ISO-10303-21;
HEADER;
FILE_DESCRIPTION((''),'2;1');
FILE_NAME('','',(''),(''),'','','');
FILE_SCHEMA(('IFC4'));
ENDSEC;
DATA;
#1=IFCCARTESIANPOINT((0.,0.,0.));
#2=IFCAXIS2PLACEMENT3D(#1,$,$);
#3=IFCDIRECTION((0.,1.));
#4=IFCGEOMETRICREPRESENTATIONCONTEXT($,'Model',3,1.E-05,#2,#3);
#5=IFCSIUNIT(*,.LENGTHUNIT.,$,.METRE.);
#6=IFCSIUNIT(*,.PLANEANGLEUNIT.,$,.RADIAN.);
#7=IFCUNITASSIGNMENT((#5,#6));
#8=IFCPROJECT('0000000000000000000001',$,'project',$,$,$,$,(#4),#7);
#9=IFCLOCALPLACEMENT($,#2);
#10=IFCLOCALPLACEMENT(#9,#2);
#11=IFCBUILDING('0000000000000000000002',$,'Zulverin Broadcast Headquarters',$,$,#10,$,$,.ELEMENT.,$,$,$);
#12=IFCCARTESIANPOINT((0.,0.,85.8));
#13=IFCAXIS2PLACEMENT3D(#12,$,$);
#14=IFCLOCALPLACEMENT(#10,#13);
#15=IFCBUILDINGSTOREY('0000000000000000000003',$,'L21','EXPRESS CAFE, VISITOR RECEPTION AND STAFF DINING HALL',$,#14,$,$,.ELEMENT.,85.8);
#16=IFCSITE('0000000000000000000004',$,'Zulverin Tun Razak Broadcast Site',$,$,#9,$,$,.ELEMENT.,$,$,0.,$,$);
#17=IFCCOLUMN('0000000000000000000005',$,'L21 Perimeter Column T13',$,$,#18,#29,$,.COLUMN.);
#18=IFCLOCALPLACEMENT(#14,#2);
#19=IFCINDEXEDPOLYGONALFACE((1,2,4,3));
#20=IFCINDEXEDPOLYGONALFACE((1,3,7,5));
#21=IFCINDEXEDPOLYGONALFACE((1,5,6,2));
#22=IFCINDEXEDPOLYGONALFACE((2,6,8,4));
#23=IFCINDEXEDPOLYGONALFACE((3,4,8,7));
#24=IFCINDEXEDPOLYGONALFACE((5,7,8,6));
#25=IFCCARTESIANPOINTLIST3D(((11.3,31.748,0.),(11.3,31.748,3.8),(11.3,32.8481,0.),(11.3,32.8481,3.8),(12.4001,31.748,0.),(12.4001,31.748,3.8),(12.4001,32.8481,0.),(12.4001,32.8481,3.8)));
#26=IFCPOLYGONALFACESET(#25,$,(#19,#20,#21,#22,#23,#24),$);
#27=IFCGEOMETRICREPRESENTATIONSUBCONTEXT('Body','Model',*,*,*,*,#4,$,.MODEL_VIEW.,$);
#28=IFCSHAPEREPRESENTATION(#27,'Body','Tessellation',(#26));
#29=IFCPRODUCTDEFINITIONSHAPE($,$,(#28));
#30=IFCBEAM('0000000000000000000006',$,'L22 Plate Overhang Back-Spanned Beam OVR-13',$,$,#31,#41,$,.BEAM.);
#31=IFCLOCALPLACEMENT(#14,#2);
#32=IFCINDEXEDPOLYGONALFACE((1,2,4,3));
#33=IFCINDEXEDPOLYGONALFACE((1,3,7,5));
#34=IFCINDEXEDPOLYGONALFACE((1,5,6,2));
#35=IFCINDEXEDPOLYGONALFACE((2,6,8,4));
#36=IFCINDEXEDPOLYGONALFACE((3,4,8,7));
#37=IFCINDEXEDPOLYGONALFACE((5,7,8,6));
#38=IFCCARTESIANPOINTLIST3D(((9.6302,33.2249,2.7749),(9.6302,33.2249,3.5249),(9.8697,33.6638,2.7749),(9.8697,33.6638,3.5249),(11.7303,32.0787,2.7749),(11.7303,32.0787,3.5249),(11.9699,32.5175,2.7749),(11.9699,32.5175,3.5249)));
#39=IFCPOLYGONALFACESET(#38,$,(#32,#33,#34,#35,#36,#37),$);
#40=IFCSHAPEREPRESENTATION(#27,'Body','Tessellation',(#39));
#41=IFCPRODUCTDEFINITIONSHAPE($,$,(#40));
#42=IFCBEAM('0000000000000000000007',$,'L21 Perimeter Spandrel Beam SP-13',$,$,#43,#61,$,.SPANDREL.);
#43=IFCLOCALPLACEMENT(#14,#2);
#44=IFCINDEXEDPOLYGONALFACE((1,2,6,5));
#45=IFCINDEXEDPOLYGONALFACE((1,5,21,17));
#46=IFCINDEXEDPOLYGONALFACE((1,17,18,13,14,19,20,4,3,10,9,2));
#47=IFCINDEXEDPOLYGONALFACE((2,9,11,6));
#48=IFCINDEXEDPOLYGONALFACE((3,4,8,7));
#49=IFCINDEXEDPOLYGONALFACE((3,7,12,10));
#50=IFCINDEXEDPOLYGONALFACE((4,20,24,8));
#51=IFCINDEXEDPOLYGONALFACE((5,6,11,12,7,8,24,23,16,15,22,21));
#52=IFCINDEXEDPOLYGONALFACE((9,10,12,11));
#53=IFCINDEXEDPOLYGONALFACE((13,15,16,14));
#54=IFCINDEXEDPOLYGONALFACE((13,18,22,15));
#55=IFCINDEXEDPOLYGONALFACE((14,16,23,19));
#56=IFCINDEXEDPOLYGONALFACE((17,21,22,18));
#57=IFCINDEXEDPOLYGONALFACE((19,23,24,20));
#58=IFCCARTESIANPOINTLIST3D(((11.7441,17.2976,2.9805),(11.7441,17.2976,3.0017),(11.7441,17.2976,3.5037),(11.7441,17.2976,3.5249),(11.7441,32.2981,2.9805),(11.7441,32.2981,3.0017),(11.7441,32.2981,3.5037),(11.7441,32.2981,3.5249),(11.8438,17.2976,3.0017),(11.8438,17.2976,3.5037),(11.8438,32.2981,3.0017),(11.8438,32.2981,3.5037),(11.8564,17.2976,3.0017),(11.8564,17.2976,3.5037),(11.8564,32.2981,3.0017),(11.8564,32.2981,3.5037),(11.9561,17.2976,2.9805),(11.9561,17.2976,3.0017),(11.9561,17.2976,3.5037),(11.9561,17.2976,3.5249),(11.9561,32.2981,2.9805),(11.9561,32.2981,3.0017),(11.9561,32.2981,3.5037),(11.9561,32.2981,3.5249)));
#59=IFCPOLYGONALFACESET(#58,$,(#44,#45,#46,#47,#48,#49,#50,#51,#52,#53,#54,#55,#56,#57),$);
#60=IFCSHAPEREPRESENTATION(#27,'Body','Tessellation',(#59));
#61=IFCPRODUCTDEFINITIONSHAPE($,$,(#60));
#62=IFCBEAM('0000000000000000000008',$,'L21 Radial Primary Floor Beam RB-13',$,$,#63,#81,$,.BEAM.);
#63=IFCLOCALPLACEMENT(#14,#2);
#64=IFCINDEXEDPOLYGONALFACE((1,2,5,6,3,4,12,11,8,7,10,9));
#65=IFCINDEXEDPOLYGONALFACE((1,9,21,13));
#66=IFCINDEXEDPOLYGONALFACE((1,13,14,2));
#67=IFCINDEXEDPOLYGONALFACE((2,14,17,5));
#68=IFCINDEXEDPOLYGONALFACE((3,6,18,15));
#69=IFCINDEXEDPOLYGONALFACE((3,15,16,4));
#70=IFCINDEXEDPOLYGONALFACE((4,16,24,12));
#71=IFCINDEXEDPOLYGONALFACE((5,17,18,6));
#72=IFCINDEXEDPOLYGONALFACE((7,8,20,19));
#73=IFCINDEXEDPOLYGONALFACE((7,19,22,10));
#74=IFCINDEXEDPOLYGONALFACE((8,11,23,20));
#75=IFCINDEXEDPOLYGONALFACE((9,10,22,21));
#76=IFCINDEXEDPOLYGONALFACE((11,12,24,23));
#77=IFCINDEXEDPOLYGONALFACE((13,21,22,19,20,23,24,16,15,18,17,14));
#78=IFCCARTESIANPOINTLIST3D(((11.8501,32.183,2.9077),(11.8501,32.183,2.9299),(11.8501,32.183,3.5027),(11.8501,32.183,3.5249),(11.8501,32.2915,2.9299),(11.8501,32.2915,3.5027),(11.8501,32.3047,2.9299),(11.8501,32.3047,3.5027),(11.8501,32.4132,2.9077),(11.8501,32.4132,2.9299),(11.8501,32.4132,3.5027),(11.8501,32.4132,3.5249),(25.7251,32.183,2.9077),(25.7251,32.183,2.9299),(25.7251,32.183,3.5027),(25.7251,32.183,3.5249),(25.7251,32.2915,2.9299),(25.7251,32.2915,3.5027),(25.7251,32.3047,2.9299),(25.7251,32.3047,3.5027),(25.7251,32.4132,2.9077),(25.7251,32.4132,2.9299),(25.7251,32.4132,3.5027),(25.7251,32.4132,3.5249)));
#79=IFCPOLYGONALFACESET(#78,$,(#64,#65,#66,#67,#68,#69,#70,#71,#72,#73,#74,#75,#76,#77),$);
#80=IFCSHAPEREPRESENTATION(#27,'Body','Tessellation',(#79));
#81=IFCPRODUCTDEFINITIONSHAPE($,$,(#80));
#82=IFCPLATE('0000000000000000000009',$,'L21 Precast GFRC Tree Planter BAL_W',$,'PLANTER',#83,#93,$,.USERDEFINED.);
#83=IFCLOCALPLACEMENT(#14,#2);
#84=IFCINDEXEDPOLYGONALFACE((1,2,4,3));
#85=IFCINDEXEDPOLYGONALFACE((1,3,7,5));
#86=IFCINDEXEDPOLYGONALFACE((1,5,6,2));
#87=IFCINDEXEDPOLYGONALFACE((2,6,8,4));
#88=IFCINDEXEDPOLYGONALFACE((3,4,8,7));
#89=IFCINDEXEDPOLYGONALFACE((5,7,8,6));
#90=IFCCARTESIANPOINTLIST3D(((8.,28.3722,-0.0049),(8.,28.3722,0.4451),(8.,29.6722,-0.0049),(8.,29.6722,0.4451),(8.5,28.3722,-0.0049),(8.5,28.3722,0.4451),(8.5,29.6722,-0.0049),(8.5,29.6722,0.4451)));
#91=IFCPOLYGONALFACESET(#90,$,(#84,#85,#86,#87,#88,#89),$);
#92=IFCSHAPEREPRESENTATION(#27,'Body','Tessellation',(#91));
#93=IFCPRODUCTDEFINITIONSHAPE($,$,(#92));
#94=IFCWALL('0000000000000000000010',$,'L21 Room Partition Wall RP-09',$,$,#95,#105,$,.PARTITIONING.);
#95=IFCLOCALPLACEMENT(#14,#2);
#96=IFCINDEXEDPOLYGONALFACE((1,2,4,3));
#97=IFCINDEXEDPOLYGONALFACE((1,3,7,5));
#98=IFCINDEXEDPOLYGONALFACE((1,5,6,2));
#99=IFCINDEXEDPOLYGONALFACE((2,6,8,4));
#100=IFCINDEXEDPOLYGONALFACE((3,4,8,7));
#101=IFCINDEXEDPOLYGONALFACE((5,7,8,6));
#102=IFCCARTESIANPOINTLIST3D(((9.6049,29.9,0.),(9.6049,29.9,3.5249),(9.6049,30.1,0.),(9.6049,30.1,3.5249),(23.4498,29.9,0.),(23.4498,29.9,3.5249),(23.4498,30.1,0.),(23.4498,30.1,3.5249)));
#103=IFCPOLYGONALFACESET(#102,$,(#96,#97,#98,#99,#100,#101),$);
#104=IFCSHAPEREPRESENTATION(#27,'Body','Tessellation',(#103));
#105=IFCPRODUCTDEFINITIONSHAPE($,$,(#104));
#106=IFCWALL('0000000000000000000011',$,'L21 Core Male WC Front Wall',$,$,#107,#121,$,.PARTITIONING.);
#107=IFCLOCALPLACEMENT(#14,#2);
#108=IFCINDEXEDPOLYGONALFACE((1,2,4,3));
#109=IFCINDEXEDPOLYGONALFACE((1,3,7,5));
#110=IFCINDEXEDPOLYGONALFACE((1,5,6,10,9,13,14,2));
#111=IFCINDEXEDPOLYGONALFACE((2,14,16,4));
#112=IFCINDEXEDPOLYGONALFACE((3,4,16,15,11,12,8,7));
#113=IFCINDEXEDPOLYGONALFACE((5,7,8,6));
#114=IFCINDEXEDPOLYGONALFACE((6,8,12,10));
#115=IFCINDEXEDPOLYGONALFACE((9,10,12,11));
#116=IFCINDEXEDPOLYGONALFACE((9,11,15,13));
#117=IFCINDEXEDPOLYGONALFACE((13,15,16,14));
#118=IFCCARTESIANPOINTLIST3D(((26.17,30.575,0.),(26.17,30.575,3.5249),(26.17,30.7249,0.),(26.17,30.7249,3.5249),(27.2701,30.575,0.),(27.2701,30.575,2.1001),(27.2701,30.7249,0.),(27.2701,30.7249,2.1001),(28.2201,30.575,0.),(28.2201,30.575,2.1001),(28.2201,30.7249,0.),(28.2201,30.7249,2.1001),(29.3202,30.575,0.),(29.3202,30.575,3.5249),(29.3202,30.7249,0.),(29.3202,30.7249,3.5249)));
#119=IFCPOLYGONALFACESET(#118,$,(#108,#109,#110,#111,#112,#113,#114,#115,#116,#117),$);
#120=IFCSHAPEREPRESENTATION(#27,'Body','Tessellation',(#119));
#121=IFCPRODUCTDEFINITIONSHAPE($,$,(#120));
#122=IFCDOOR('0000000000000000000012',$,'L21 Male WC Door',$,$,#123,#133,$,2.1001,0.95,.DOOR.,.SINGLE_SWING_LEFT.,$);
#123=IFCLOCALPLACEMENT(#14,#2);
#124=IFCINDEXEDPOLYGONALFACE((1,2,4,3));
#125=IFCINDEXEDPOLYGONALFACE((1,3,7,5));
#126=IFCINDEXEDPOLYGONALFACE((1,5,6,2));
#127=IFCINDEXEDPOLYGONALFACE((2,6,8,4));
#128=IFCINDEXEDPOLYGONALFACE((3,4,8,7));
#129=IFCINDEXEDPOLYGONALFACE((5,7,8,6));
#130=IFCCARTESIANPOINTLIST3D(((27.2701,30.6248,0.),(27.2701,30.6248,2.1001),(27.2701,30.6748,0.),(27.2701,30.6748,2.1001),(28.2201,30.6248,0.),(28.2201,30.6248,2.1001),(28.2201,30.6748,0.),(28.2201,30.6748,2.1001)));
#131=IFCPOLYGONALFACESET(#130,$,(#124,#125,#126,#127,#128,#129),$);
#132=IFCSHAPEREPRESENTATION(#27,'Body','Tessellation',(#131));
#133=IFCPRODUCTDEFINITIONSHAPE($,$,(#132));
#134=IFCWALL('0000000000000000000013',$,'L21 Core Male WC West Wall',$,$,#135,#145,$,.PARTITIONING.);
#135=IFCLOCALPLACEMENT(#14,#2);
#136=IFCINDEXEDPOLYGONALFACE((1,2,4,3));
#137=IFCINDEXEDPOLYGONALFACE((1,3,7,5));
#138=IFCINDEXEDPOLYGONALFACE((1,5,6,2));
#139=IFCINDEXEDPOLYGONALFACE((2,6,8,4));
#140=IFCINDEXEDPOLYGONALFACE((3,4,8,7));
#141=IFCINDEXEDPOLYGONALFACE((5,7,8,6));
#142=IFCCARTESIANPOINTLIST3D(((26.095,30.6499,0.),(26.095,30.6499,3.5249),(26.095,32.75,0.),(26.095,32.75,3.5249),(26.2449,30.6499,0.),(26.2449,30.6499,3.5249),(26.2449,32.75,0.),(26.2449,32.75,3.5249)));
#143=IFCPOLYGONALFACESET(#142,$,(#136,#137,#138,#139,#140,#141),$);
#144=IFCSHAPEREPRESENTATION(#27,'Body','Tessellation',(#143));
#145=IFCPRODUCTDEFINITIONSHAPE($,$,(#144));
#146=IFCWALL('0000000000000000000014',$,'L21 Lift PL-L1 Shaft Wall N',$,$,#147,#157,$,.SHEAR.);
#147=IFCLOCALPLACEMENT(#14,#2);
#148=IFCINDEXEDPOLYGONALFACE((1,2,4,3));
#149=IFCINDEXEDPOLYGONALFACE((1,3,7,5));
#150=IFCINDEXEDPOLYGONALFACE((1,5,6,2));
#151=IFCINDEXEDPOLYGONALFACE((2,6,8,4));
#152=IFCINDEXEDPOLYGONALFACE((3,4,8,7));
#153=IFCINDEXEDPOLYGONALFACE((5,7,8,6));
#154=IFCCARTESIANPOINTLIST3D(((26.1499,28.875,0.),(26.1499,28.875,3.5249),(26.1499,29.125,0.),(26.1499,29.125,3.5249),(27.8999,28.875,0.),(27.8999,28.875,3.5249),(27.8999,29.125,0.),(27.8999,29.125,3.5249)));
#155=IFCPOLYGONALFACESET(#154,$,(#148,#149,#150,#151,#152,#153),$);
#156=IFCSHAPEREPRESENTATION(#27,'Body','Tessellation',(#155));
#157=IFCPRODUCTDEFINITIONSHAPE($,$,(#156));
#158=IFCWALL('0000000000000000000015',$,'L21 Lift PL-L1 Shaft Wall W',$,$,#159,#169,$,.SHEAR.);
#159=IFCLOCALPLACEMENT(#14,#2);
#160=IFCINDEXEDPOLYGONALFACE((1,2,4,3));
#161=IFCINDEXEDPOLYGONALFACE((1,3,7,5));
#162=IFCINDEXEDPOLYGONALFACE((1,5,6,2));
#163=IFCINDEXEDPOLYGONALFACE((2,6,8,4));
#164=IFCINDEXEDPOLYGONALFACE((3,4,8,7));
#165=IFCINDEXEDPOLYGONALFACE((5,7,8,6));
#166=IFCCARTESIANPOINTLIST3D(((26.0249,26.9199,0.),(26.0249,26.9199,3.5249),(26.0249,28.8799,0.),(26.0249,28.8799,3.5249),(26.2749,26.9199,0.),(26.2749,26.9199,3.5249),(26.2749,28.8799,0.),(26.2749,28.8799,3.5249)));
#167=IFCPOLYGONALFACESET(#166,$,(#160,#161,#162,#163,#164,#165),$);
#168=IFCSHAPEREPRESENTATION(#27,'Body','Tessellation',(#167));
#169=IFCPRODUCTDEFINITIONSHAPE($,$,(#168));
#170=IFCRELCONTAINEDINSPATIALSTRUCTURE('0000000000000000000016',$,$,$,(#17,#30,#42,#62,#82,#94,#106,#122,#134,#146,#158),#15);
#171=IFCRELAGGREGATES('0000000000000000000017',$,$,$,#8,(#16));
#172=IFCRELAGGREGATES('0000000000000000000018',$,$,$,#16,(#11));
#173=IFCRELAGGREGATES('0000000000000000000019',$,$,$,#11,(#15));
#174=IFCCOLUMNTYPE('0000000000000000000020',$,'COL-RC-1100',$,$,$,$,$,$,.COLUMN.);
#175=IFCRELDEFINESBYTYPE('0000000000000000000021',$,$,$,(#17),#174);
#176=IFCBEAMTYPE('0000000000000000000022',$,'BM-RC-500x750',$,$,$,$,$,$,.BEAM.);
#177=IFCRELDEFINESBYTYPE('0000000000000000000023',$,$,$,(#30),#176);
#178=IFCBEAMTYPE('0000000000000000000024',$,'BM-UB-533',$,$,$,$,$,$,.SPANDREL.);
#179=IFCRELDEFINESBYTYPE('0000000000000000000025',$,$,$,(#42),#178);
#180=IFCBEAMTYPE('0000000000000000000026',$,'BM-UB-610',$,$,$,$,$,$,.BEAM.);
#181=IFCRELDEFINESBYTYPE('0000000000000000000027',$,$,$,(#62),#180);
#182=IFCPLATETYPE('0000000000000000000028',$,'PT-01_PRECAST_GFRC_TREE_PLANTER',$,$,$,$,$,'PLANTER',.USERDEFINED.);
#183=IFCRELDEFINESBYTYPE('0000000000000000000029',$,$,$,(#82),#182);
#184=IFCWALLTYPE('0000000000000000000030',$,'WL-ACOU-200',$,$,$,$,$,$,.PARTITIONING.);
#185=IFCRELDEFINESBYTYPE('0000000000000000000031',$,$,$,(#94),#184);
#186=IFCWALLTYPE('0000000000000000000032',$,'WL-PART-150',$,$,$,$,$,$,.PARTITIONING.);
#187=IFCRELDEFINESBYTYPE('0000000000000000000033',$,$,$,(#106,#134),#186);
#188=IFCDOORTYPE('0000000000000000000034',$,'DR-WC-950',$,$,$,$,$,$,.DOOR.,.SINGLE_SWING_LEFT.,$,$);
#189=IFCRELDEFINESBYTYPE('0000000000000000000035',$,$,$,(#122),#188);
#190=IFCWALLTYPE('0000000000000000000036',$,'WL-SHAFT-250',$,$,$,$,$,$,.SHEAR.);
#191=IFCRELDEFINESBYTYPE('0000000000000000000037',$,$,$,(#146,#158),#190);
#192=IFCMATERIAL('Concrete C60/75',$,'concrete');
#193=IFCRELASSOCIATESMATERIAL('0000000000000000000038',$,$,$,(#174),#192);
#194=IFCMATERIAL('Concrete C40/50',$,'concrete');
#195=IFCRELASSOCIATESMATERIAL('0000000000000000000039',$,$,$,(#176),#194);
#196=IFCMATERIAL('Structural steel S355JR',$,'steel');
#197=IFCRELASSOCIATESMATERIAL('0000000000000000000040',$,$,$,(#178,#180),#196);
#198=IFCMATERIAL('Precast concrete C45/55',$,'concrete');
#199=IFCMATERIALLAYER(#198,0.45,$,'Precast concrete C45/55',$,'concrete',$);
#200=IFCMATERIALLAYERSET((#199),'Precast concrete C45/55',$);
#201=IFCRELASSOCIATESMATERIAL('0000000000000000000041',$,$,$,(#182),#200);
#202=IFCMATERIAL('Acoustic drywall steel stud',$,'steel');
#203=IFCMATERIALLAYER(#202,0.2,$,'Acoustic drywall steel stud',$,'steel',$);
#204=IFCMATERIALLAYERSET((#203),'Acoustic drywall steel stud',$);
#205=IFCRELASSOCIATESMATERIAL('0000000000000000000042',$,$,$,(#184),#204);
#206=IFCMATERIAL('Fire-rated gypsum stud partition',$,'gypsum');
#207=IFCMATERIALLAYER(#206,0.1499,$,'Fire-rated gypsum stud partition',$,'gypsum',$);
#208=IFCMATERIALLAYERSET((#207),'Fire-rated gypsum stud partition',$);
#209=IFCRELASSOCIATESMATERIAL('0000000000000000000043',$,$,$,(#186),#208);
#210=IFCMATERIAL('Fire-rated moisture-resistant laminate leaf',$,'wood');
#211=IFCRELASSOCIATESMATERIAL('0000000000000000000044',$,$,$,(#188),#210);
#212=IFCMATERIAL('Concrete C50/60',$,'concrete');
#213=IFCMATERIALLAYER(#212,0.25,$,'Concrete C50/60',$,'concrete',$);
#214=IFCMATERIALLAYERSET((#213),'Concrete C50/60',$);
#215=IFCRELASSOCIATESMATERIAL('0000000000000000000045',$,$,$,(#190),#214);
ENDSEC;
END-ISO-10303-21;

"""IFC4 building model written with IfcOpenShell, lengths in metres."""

from ifc_helpers import new_model, si_unit, direction, frame, frame_2d, origin, origin_2d, place, context, subcontext, project, spatial, rectangle, i_section, extrude, material, layer, layer_set, material_profile, profile_set, type_object, element, fill, save


model = new_model("IFC4")

# Units and contexts
model_context = context("Model", 3, precision=1e-05, world=origin(), true_north=direction((0.0, 1.0)))
body_context = subcontext(model_context, "Body", "Model", "MODEL_VIEW")
ifc_project = project(units=[si_unit("LENGTHUNIT", "METRE"), si_unit("PLANEANGLEUNIT", "RADIAN")], contexts=[model_context])

# Site, building, storey
site_placement = place(None, origin())
site = spatial("IfcSite", under=ifc_project, at=site_placement, Name="Zulverin Tun Razak Broadcast Site", CompositionType="ELEMENT", RefElevation=0.0)
building_placement = place(site_placement, origin())
building = spatial("IfcBuilding", under=site, at=building_placement, Name="Zulverin Broadcast Headquarters", CompositionType="ELEMENT")
storey_placement = place(building_placement, frame((0.0, 0.0, 85.8)))
storey = spatial("IfcBuildingStorey", under=building, at=storey_placement, Name="L21", Description="EXPRESS CAFE, VISITOR RECEPTION AND STAFF DINING HALL", CompositionType="ELEMENT", Elevation=85.8)

# Column
ifc_material_1 = material(Name="Concrete C60/75", Category="concrete")
ifc_material_profile_1 = material_profile(ifc_material_1, rectangle(XDim=1.1001, YDim=1.1001, at=origin_2d()), Name="Concrete C60/75", Category="concrete")
ifc_profile_set_1 = profile_set([ifc_material_profile_1], Name="Concrete C60/75")
column_type = type_object("IfcColumnType", Name="COL-RC-1100", PredefinedType="COLUMN", material=ifc_profile_set_1)
column_placement = place(storey_placement, frame((11.8501, 32.2981, 0.0), z_axis=(0.0, 0.0, 1.0), x_axis=(1.0, 0.0, 0.0)))
element("IfcColumn", 1, at=column_placement, inside=storey, type_object=column_type, Name="L21 Perimeter Column T13", PredefinedType="COLUMN", context=body_context, shape_type="SweptSolid", body=[
    extrude(rectangle(XDim=1.1001, YDim=1.1001, at=origin_2d()), origin(), (0.0, 0.0, 1.0), 3.8),
])

# Beams
ifc_material_2 = material(Name="Concrete C40/50", Category="concrete")
ifc_material_profile_2 = material_profile(ifc_material_2, rectangle(XDim=0.5, YDim=0.75, at=origin_2d()), Name="Concrete C40/50", Category="concrete")
ifc_profile_set_2 = profile_set([ifc_material_profile_2], Name="Concrete C40/50")
beam_type_1 = type_object("IfcBeamType", Name="BM-RC-500x750", PredefinedType="BEAM", material=ifc_profile_set_2)
beam_1_placement = place(storey_placement, frame((11.8501, 32.2981, 3.1499), z_axis=(-0.877767, 0.479088, 0.0), x_axis=(-0.479088, -0.877767, 0.0)))
element("IfcBeam", 2, at=beam_1_placement, inside=storey, type_object=beam_type_1, Name="L22 Plate Overhang Back-Spanned Beam OVR-13", PredefinedType="BEAM", context=body_context, shape_type="SweptSolid", body=[
    extrude(rectangle(XDim=0.5, YDim=0.75, at=origin_2d()), origin(), (0.0, 0.0, 1.0), 2.3926),
])
ifc_material_3 = material(Name="Structural steel S355JR", Category="steel")
ifc_material_profile_3 = material_profile(ifc_material_3, i_section(OverallWidth=0.2119, OverallDepth=0.5444, WebThickness=0.0127, FlangeThickness=0.0212, at=origin_2d()), Name="Structural steel S355JR", Category="steel")
ifc_profile_set_3 = profile_set([ifc_material_profile_3], Name="Structural steel S355JR")
beam_type_2 = type_object("IfcBeamType", Name="BM-UB-533", PredefinedType="SPANDREL", material=ifc_profile_set_3)
beam_2_placement = place(storey_placement, frame((11.8501, 32.2981, 3.2527), z_axis=(0.0, -1.0, 0.0), x_axis=(1.0, 0.0, 0.0)))
element("IfcBeam", 3, at=beam_2_placement, inside=storey, type_object=beam_type_2, Name="L21 Perimeter Spandrel Beam SP-13", PredefinedType="SPANDREL", context=body_context, shape_type="SweptSolid", body=[
    extrude(i_section(OverallWidth=0.2119, OverallDepth=0.5444, WebThickness=0.0127, FlangeThickness=0.0212, at=origin_2d()), origin(), (0.0, 0.0, 1.0), 15.0005),
])
ifc_material_profile_4 = material_profile(ifc_material_3, i_section(OverallWidth=0.2302, OverallDepth=0.6172, WebThickness=0.0132, FlangeThickness=0.0222, at=origin_2d()), Name="Structural steel S355JR", Category="steel")
ifc_profile_set_4 = profile_set([ifc_material_profile_4], Name="Structural steel S355JR")
beam_type_3 = type_object("IfcBeamType", Name="BM-UB-610", PredefinedType="BEAM", material=ifc_profile_set_4)
beam_3_placement = place(storey_placement, frame((25.7251, 32.2981, 3.2163), z_axis=(-1.0, 0.0, 0.0), x_axis=(0.0, -1.0, 0.0)))
element("IfcBeam", 4, at=beam_3_placement, inside=storey, type_object=beam_type_3, Name="L21 Radial Primary Floor Beam RB-13", PredefinedType="BEAM", context=body_context, shape_type="SweptSolid", body=[
    extrude(i_section(OverallWidth=0.2302, OverallDepth=0.6172, WebThickness=0.0132, FlangeThickness=0.0222, at=origin_2d()), origin(), (0.0, 0.0, 1.0), 13.875),
])

# Plate
ifc_material_4 = material(Name="Precast concrete C45/55", Category="concrete")
ifc_layer_1 = layer(ifc_material_4, 0.45, Name="Precast concrete C45/55", Category="concrete")
ifc_layer_set_1 = layer_set([ifc_layer_1], Name="Precast concrete C45/55")
plate_type = type_object("IfcPlateType", Name="PT-01_PRECAST_GFRC_TREE_PLANTER", ElementType="PLANTER", PredefinedType="USERDEFINED", material=ifc_layer_set_1)
plate_placement = place(storey_placement, frame((8.25, 29.0222, -0.0049), z_axis=(0.0, 0.0, 1.0), x_axis=(0.0, 1.0, 0.0)))
element("IfcPlate", 5, at=plate_placement, inside=storey, type_object=plate_type, Name="L21 Precast GFRC Tree Planter BAL_W", ObjectType="PLANTER", PredefinedType="USERDEFINED", context=body_context, shape_type="SweptSolid", body=[
    extrude(rectangle(XDim=1.3, YDim=0.5, at=origin_2d()), origin(), (0.0, 0.0, 1.0), 0.45),
])

# Wall
ifc_material_5 = material(Name="Acoustic drywall steel stud", Category="steel")
ifc_layer_2 = layer(ifc_material_5, 0.2, Name="Acoustic drywall steel stud", Category="steel")
ifc_layer_set_2 = layer_set([ifc_layer_2], Name="Acoustic drywall steel stud")
wall_type_1 = type_object("IfcWallType", Name="WL-ACOU-200", PredefinedType="PARTITIONING", material=ifc_layer_set_2)
wall_1_placement = place(storey_placement, frame((9.605, 30.0, 0.0), z_axis=(0.0, 0.0, 1.0), x_axis=(1.0, 0.0, 0.0)))
element("IfcWall", 6, at=wall_1_placement, inside=storey, type_object=wall_type_1, Name="L21 Room Partition Wall RP-09", PredefinedType="PARTITIONING", context=body_context, shape_type="SweptSolid", body=[
    extrude(rectangle(XDim=13.845, YDim=0.2, at=frame_2d((6.9224, 0.0))), origin(), (0.0, 0.0, 1.0), 3.5249),
])

# Wall, opening, door
ifc_material_6 = material(Name="Fire-rated gypsum stud partition", Category="gypsum")
ifc_layer_3 = layer(ifc_material_6, 0.1499, Name="Fire-rated gypsum stud partition", Category="gypsum")
ifc_layer_set_3 = layer_set([ifc_layer_3], Name="Fire-rated gypsum stud partition")
wall_type_2 = type_object("IfcWallType", Name="WL-PART-150", PredefinedType="PARTITIONING", material=ifc_layer_set_3)
wall_2_placement = place(storey_placement, frame((26.1699, 30.6499, 0.0), z_axis=(0.0, 0.0, 1.0), x_axis=(1.0, 0.0, 0.0)))
wall_2 = element("IfcWall", 7, at=wall_2_placement, inside=storey, type_object=wall_type_2, Name="L21 Core Male WC Front Wall", PredefinedType="PARTITIONING", context=body_context, shape_type="SweptSolid", body=[
    extrude(rectangle(XDim=3.1501, YDim=0.1499, at=frame_2d((1.5752, 0.0))), origin(), (0.0, 0.0, 1.0), 3.5249),
])
opening_1_placement = place(wall_2_placement, frame((1.1001, 0.0, 0.0)))
opening_1 = element("IfcOpeningElement", 8, at=opening_1_placement, cuts=wall_2, PredefinedType="OPENING", context=body_context, shape_type="SweptSolid", body=[
    extrude(rectangle(XDim=0.95, YDim=2.1001, at=frame_2d((0.4751, 1.05))), frame((0.0, 0.085, 0.0), z_axis=(0.0, -1.0, 0.0), x_axis=(1.0, 0.0, 0.0)), (0.0, 0.0, 1.0), 0.1699),
])
ifc_material_7 = material(Name="Fire-rated moisture-resistant laminate leaf", Category="wood")
door_type_1 = type_object("IfcDoorType", Name="DR-WC-950", OperationType="SINGLE_SWING_LEFT", PredefinedType="DOOR", material=ifc_material_7)
door_1_placement = place(opening_1_placement, origin())
door_1 = element("IfcDoor", 9, at=door_1_placement, inside=storey, type_object=door_type_1, Name="L21 Male WC Door", OperationType="SINGLE_SWING_LEFT", OverallHeight=2.1001, OverallWidth=0.95, PredefinedType="DOOR", context=body_context, shape_type="SweptSolid", body=[
    extrude(rectangle(XDim=0.95, YDim=2.1001, at=frame_2d((0.4751, 1.05))), frame((0.0, 0.0249, 0.0), z_axis=(0.0, -1.0, 0.0), x_axis=(1.0, 0.0, 0.0)), (0.0, 0.0, 1.0), 0.05),
])
fill(opening_1, door_1)

# Wall
wall_3_placement = place(storey_placement, frame((26.1699, 30.6499, 0.0), z_axis=(0.0, 0.0, 1.0), x_axis=(0.0, 1.0, 0.0)))
element("IfcWall", 10, at=wall_3_placement, inside=storey, type_object=wall_type_2, Name="L21 Core Male WC West Wall", PredefinedType="PARTITIONING", context=body_context, shape_type="SweptSolid", body=[
    extrude(rectangle(XDim=2.1001, YDim=0.1499, at=frame_2d((1.05, 0.0))), origin(), (0.0, 0.0, 1.0), 3.5249),
])

# Shared definitions
ifc_material_8 = material(Name="Concrete C50/60", Category="concrete")
ifc_layer_4 = layer(ifc_material_8, 0.25, Name="Concrete C50/60", Category="concrete")
ifc_layer_set_4 = layer_set([ifc_layer_4], Name="Concrete C50/60")
wall_type_3 = type_object("IfcWallType", Name="WL-SHAFT-250", PredefinedType="SHEAR", material=ifc_layer_set_4)

# Walls
wall_4_placement = place(storey_placement, frame((26.1499, 29.0, 0.0), z_axis=(0.0, 0.0, 1.0), x_axis=(1.0, 0.0, 0.0)))
element("IfcWall", 11, at=wall_4_placement, inside=storey, type_object=wall_type_3, Name="L21 Lift PL-L1 Shaft Wall N", PredefinedType="SHEAR", context=body_context, shape_type="SweptSolid", body=[
    extrude(rectangle(XDim=1.75, YDim=0.25, at=frame_2d((0.875, 0.0))), origin(), (0.0, 0.0, 1.0), 3.5249),
])
wall_5_placement = place(storey_placement, frame((26.1499, 26.9199, 0.0), z_axis=(0.0, 0.0, 1.0), x_axis=(0.0, 1.0, 0.0)))
element("IfcWall", 12, at=wall_5_placement, inside=storey, type_object=wall_type_3, Name="L21 Lift PL-L1 Shaft Wall W", PredefinedType="SHEAR", context=body_context, shape_type="SweptSolid", body=[
    extrude(rectangle(XDim=1.96, YDim=0.25, at=frame_2d((0.98, 0.0))), origin(), (0.0, 0.0, 1.0), 3.5249),
])

save(model, "model.ifc")
